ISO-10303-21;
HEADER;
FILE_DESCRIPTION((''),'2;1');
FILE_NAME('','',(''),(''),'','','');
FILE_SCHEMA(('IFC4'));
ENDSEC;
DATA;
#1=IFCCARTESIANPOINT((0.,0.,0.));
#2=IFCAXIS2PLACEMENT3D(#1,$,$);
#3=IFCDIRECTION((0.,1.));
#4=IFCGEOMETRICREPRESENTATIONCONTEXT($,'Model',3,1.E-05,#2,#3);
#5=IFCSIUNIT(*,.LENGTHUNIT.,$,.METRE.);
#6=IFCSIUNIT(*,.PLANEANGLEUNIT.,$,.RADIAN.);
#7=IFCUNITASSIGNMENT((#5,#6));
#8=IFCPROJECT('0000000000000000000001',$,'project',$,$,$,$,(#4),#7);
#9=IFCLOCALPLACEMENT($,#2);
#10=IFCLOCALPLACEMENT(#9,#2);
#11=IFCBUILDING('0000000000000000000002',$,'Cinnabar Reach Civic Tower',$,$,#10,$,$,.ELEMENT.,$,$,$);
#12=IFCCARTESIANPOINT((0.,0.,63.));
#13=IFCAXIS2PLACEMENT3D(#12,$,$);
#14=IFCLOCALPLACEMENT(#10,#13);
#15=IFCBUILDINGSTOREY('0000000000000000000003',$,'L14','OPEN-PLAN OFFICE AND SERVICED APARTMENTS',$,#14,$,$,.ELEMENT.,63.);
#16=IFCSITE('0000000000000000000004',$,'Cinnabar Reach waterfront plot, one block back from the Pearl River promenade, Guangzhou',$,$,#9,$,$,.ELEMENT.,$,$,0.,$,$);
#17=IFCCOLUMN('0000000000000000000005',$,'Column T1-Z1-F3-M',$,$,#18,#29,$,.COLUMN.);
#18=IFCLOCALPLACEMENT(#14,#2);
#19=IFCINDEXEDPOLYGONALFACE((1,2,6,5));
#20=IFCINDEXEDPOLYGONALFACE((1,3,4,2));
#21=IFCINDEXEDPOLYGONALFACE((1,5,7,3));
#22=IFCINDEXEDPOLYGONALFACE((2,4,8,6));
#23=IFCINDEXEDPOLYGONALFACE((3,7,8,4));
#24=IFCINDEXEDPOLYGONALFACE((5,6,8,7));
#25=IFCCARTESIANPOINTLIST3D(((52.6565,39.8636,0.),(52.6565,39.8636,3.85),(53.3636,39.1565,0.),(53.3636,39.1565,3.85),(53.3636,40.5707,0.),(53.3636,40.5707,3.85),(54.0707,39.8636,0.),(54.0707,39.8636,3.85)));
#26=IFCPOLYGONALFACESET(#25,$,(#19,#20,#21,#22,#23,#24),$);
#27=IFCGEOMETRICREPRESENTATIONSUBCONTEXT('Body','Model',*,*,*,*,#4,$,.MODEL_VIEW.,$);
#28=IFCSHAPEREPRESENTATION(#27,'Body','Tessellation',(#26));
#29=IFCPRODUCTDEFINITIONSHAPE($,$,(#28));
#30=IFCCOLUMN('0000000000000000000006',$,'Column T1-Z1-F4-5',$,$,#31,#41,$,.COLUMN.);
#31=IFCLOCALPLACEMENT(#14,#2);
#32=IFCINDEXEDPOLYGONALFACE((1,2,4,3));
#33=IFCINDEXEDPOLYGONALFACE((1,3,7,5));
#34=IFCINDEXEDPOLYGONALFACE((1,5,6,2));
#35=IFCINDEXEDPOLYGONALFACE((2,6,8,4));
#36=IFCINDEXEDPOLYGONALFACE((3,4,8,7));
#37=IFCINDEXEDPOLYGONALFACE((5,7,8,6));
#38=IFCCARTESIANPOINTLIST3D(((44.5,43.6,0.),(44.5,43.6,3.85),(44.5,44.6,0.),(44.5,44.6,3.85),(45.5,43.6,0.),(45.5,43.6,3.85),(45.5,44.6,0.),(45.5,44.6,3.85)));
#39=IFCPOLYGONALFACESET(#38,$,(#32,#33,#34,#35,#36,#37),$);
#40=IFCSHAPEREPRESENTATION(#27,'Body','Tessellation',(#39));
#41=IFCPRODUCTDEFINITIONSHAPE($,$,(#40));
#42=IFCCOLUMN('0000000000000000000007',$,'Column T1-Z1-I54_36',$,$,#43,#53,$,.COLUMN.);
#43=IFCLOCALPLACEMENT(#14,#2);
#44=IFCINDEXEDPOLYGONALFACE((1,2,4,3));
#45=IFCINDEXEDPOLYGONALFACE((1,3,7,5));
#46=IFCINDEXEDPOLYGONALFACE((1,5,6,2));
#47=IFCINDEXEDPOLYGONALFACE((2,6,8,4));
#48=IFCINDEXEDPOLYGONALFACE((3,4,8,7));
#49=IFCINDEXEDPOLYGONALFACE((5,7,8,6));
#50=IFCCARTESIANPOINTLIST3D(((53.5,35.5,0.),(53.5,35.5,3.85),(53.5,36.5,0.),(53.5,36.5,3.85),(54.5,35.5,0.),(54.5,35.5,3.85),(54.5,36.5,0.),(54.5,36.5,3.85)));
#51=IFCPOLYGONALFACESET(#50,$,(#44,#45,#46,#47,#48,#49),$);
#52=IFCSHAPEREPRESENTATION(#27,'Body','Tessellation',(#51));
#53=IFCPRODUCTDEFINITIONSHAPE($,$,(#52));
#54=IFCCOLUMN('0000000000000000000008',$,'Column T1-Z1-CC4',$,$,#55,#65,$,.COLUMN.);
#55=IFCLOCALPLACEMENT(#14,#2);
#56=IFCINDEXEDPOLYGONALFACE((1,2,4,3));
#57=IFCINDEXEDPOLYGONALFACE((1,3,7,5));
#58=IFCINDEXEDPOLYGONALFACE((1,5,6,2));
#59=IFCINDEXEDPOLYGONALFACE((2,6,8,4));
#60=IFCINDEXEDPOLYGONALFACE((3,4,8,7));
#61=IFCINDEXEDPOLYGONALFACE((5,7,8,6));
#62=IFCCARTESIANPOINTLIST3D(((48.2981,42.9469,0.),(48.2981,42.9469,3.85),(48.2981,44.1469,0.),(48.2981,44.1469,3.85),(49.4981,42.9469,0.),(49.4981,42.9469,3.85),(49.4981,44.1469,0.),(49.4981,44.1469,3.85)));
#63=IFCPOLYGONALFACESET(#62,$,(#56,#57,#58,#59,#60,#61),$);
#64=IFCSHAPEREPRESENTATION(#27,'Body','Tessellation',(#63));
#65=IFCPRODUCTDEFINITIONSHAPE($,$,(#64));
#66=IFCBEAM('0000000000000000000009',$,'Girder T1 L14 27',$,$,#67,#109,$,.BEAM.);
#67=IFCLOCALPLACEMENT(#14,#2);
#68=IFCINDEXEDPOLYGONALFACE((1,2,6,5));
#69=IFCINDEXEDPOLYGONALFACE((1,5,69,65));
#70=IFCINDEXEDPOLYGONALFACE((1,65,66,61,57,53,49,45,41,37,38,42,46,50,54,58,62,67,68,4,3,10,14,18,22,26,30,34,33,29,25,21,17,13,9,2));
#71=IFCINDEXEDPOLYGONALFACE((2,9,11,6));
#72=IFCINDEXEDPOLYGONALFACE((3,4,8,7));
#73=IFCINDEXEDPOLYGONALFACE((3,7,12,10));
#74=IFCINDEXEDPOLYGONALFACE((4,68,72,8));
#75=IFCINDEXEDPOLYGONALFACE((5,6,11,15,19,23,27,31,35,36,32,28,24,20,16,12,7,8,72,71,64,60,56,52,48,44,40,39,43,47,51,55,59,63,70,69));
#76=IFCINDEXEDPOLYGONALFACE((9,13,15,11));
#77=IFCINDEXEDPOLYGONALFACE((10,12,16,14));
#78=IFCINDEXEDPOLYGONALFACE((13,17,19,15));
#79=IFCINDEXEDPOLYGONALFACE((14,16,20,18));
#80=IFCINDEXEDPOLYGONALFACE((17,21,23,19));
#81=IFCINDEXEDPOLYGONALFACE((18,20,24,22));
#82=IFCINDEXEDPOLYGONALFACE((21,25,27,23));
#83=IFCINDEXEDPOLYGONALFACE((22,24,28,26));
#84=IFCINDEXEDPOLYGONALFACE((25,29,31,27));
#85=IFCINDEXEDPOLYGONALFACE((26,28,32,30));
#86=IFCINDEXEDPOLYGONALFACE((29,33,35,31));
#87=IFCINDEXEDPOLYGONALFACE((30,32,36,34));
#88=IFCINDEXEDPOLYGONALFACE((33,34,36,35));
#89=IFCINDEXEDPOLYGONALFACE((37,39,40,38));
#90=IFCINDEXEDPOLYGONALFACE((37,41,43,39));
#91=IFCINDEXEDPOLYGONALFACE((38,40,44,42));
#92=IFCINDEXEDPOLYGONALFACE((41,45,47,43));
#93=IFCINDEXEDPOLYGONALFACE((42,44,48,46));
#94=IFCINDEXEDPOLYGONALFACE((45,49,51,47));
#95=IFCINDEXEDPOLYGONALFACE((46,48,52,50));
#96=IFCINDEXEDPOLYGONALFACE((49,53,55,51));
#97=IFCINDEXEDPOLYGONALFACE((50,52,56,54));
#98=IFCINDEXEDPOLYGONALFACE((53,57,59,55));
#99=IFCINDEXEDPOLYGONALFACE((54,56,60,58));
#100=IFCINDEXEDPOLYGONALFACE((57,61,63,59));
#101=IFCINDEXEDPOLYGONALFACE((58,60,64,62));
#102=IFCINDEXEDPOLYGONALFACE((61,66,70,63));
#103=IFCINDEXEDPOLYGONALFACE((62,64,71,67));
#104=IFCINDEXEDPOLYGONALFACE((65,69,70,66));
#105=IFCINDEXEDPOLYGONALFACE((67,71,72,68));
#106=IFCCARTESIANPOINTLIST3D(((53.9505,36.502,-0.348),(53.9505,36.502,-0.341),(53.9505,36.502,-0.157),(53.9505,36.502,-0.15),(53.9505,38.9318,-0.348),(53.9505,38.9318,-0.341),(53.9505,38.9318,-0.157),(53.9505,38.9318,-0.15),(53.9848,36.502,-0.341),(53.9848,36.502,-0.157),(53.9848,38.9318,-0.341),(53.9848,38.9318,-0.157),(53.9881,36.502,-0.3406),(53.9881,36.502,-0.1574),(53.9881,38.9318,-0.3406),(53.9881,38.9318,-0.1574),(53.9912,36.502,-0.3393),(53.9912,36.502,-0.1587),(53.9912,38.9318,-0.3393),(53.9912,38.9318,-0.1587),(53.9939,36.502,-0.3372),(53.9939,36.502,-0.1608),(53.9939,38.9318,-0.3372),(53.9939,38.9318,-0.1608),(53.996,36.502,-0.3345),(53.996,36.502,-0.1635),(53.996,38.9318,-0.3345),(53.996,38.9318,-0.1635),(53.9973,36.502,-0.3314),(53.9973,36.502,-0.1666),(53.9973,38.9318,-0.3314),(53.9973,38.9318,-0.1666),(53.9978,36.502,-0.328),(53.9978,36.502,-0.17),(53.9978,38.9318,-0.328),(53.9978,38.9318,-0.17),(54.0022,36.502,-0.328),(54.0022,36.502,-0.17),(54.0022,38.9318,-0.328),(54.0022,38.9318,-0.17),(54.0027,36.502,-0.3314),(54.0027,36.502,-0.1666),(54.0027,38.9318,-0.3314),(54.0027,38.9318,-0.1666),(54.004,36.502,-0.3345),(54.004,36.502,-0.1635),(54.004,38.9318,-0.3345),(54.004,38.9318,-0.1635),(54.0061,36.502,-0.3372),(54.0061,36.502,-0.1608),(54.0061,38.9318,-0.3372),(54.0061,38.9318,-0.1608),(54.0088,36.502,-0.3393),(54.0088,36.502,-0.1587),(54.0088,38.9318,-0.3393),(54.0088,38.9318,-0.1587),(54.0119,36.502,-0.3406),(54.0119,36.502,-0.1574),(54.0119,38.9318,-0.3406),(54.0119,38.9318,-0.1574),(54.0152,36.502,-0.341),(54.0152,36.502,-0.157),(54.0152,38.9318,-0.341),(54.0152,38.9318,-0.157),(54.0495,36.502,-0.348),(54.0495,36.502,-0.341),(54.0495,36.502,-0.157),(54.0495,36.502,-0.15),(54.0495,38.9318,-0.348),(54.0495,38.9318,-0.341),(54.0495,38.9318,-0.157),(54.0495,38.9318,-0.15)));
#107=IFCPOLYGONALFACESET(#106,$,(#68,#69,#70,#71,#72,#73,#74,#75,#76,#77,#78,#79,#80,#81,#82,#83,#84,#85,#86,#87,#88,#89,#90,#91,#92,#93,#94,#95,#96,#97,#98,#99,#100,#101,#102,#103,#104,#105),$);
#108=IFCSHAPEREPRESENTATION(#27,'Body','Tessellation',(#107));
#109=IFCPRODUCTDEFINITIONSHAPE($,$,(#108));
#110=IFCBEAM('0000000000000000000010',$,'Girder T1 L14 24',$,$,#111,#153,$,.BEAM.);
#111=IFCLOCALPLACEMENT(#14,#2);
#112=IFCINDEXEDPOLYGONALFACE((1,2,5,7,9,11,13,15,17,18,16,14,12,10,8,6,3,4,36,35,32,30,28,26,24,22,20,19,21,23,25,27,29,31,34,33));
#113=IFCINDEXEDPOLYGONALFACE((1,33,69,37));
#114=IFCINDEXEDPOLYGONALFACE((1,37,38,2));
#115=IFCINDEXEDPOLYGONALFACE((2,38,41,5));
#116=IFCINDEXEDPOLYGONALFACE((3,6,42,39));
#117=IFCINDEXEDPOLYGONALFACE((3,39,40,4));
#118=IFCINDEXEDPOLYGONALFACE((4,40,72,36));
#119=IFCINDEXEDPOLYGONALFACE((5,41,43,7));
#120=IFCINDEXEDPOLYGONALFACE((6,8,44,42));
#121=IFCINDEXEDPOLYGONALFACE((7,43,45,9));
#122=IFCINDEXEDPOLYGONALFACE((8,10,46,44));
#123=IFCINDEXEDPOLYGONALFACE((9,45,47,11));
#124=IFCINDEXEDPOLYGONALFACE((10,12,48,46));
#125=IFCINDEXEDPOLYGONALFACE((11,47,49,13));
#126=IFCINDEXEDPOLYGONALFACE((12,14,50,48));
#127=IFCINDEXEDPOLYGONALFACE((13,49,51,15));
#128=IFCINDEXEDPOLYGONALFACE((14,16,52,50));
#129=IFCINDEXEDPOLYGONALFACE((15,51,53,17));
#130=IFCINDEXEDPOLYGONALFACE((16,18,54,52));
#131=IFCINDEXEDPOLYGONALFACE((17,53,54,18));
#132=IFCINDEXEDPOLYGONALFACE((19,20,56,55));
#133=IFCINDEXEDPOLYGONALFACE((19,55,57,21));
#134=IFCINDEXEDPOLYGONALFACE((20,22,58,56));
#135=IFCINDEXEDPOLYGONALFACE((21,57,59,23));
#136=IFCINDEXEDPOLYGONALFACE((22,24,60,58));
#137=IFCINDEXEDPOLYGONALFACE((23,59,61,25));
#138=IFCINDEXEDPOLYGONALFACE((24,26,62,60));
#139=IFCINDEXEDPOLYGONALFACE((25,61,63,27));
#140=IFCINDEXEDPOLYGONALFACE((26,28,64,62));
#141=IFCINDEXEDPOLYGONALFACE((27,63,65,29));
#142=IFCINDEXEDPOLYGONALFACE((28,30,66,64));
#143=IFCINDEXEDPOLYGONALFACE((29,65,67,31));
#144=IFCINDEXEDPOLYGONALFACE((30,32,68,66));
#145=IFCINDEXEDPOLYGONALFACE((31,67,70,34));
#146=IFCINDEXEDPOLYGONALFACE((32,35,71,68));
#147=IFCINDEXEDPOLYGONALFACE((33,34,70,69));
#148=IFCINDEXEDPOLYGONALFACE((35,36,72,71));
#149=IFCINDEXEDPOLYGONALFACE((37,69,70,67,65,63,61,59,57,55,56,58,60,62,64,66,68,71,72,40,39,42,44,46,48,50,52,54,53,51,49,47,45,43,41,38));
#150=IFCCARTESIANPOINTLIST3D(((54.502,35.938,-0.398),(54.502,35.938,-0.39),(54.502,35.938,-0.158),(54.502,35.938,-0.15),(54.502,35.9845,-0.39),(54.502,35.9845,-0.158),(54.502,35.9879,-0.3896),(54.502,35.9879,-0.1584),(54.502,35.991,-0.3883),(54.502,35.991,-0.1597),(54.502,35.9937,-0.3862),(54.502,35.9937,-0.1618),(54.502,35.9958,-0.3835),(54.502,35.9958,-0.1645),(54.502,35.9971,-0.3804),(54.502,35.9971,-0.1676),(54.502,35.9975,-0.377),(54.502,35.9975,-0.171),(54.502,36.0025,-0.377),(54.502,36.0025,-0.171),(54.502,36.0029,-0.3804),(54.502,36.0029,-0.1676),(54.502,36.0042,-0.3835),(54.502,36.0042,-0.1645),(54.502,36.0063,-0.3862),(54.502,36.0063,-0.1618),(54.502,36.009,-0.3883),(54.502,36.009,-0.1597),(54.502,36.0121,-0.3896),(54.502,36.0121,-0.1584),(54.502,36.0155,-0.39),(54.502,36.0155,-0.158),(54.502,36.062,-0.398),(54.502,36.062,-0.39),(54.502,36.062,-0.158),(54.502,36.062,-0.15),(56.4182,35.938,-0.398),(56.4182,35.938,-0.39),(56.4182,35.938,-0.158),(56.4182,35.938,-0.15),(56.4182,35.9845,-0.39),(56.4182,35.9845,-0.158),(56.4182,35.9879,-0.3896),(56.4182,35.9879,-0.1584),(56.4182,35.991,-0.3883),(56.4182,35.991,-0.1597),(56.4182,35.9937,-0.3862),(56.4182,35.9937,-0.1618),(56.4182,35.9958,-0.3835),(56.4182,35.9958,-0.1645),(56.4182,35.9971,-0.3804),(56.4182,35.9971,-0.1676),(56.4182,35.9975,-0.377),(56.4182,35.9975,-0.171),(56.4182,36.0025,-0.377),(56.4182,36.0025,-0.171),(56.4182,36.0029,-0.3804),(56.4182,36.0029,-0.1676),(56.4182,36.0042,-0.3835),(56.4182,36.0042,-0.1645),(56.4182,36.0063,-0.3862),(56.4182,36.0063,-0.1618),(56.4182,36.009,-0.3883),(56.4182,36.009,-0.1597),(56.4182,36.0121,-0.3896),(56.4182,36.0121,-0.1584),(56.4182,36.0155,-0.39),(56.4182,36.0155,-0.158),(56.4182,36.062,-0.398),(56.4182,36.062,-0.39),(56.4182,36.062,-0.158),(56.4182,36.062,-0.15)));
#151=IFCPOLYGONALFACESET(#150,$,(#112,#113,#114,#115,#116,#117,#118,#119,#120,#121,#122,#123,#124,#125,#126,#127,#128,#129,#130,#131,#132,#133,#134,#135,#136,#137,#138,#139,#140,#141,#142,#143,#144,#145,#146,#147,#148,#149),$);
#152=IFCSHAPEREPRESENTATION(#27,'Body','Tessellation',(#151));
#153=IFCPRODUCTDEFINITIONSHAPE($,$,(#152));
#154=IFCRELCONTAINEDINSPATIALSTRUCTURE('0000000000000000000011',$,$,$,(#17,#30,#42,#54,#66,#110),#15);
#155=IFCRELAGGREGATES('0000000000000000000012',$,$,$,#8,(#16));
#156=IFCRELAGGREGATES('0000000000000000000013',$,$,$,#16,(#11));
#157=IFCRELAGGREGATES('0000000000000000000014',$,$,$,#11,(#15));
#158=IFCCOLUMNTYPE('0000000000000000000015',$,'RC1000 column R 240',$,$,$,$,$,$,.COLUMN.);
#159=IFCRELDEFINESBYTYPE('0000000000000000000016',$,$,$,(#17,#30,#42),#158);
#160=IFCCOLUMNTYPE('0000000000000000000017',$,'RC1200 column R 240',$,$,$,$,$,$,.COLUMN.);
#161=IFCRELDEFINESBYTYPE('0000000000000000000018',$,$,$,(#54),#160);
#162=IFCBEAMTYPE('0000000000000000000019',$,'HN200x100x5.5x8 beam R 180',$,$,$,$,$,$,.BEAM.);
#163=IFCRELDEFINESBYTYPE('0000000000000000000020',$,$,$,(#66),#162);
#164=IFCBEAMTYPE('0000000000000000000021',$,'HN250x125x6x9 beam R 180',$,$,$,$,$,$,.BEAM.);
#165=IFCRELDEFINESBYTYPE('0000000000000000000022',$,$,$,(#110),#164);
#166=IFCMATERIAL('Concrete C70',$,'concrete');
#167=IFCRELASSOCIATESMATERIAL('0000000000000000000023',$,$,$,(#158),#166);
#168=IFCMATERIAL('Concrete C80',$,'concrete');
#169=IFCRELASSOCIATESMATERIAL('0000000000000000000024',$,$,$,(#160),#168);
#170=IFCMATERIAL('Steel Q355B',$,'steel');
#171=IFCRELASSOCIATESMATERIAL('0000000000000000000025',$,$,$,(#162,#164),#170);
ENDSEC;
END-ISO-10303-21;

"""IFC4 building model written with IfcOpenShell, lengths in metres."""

from ifc_helpers import new_model, si_unit, direction, frame, origin, origin_2d, place, context, subcontext, project, spatial, rectangle, i_section, extrude, material, material_profile, profile_set, type_object, element, save


model = new_model("IFC4")

# Units and contexts
model_context = context("Model", 3, precision=1e-05, world=origin(), true_north=direction((0.0, 1.0)))
body_context = subcontext(model_context, "Body", "Model", "MODEL_VIEW")
ifc_project = project(units=[si_unit("LENGTHUNIT", "METRE"), si_unit("PLANEANGLEUNIT", "RADIAN")], contexts=[model_context])

# Site, building, storey
site_placement = place(None, origin())
site = spatial("IfcSite", under=ifc_project, at=site_placement, Name="Cinnabar Reach waterfront plot, one block back from the Pearl River promenade, Guangzhou", CompositionType="ELEMENT", RefElevation=0.0)
building_placement = place(site_placement, origin())
building = spatial("IfcBuilding", under=site, at=building_placement, Name="Cinnabar Reach Civic Tower", CompositionType="ELEMENT")
storey_placement = place(building_placement, frame((0.0, 0.0, 63.0)))
storey = spatial("IfcBuildingStorey", under=building, at=storey_placement, Name="L14", Description="OPEN-PLAN OFFICE AND SERVICED APARTMENTS", CompositionType="ELEMENT", Elevation=63.0)

# Columns
ifc_material_1 = material(Name="Concrete C70", Category="concrete")
ifc_material_profile_1 = material_profile(ifc_material_1, rectangle(XDim=1.0, YDim=1.0, at=origin_2d()), Name="RC1000")
ifc_profile_set_1 = profile_set([ifc_material_profile_1], Name="Concrete C70")
column_type_1 = type_object("IfcColumnType", Name="RC1000 column R 240", PredefinedType="COLUMN", material=ifc_profile_set_1)
for number, where, z_axis, x_axis, name in (
    (1, (53.3636, 39.8636, 0.0), (0.0, 0.0, 1.0), (0.707107, 0.707107, 0.0), "Column T1-Z1-F3-M"),
    (2, (45.0, 44.1, 0.0), (0.0, 0.0, 1.0), (1.0, 0.0, 0.0), "Column T1-Z1-F4-5"),
    (3, (54.0, 36.0, 0.0), (0.0, 0.0, 1.0), (1.0, 0.0, 0.0), "Column T1-Z1-I54_36"),
):
    element("IfcColumn", number, at=place(storey_placement, frame(where, z_axis=z_axis, x_axis=x_axis)), inside=storey, type_object=column_type_1, Name=name, PredefinedType="COLUMN", context=body_context, shape_type="SweptSolid", body=[
        extrude(rectangle(XDim=1.0, YDim=1.0, at=origin_2d()), origin(), (0.0, 0.0, 1.0), 3.85),
    ])
ifc_material_2 = material(Name="Concrete C80", Category="concrete")
ifc_material_profile_2 = material_profile(ifc_material_2, rectangle(XDim=1.2, YDim=1.2, at=origin_2d()), Name="RC1200")
ifc_profile_set_2 = profile_set([ifc_material_profile_2], Name="Concrete C80")
column_type_2 = type_object("IfcColumnType", Name="RC1200 column R 240", PredefinedType="COLUMN", material=ifc_profile_set_2)
column_placement = place(storey_placement, frame((48.8981, 43.5469, 0.0), z_axis=(0.0, 0.0, 1.0), x_axis=(1.0, 0.0, 0.0)))
element("IfcColumn", 4, at=column_placement, inside=storey, type_object=column_type_2, Name="Column T1-Z1-CC4", PredefinedType="COLUMN", context=body_context, shape_type="SweptSolid", body=[
    extrude(rectangle(XDim=1.2, YDim=1.2, at=origin_2d()), origin(), (0.0, 0.0, 1.0), 3.85),
])

# Beams
ifc_material_3 = material(Name="Steel Q355B", Category="steel")
ifc_material_profile_3 = material_profile(ifc_material_3, i_section(OverallWidth=0.099, OverallDepth=0.198, WebThickness=0.0045, FlangeThickness=0.007, FilletRadius=0.013, at=origin_2d()), Name="HN200x100x5.5x8")
ifc_profile_set_3 = profile_set([ifc_material_profile_3], Name="Steel Q355B")
beam_type_1 = type_object("IfcBeamType", Name="HN200x100x5.5x8 beam R 180", PredefinedType="BEAM", material=ifc_profile_set_3)
beam_1_placement = place(storey_placement, frame((54.0, 36.502, -0.249), z_axis=(0.0, 1.0, 0.0), x_axis=(-1.0, 0.0, 0.0)))
element("IfcBeam", 5, at=beam_1_placement, inside=storey, type_object=beam_type_1, Name="Girder T1 L14 27", PredefinedType="BEAM", context=body_context, shape_type="SweptSolid", body=[
    extrude(i_section(OverallWidth=0.099, OverallDepth=0.198, WebThickness=0.0045, FlangeThickness=0.007, FilletRadius=0.013, at=origin_2d()), origin(), (0.0, 0.0, 1.0), 2.4298),
])
ifc_material_profile_4 = material_profile(ifc_material_3, i_section(OverallWidth=0.124, OverallDepth=0.248, WebThickness=0.005, FlangeThickness=0.008, FilletRadius=0.013, at=origin_2d()), Name="HN250x125x6x9")
ifc_profile_set_4 = profile_set([ifc_material_profile_4], Name="Steel Q355B")
beam_type_2 = type_object("IfcBeamType", Name="HN250x125x6x9 beam R 180", PredefinedType="BEAM", material=ifc_profile_set_4)
beam_2_placement = place(storey_placement, frame((54.502, 36.0, -0.274), z_axis=(1.0, 0.0, 0.0), x_axis=(0.0, 1.0, 0.0)))
element("IfcBeam", 6, at=beam_2_placement, inside=storey, type_object=beam_type_2, Name="Girder T1 L14 24", PredefinedType="BEAM", context=body_context, shape_type="SweptSolid", body=[
    extrude(i_section(OverallWidth=0.124, OverallDepth=0.248, WebThickness=0.005, FlangeThickness=0.008, FilletRadius=0.013, at=origin_2d()), origin(), (0.0, 0.0, 1.0), 1.9162),
])

save(model, "model.ifc")
